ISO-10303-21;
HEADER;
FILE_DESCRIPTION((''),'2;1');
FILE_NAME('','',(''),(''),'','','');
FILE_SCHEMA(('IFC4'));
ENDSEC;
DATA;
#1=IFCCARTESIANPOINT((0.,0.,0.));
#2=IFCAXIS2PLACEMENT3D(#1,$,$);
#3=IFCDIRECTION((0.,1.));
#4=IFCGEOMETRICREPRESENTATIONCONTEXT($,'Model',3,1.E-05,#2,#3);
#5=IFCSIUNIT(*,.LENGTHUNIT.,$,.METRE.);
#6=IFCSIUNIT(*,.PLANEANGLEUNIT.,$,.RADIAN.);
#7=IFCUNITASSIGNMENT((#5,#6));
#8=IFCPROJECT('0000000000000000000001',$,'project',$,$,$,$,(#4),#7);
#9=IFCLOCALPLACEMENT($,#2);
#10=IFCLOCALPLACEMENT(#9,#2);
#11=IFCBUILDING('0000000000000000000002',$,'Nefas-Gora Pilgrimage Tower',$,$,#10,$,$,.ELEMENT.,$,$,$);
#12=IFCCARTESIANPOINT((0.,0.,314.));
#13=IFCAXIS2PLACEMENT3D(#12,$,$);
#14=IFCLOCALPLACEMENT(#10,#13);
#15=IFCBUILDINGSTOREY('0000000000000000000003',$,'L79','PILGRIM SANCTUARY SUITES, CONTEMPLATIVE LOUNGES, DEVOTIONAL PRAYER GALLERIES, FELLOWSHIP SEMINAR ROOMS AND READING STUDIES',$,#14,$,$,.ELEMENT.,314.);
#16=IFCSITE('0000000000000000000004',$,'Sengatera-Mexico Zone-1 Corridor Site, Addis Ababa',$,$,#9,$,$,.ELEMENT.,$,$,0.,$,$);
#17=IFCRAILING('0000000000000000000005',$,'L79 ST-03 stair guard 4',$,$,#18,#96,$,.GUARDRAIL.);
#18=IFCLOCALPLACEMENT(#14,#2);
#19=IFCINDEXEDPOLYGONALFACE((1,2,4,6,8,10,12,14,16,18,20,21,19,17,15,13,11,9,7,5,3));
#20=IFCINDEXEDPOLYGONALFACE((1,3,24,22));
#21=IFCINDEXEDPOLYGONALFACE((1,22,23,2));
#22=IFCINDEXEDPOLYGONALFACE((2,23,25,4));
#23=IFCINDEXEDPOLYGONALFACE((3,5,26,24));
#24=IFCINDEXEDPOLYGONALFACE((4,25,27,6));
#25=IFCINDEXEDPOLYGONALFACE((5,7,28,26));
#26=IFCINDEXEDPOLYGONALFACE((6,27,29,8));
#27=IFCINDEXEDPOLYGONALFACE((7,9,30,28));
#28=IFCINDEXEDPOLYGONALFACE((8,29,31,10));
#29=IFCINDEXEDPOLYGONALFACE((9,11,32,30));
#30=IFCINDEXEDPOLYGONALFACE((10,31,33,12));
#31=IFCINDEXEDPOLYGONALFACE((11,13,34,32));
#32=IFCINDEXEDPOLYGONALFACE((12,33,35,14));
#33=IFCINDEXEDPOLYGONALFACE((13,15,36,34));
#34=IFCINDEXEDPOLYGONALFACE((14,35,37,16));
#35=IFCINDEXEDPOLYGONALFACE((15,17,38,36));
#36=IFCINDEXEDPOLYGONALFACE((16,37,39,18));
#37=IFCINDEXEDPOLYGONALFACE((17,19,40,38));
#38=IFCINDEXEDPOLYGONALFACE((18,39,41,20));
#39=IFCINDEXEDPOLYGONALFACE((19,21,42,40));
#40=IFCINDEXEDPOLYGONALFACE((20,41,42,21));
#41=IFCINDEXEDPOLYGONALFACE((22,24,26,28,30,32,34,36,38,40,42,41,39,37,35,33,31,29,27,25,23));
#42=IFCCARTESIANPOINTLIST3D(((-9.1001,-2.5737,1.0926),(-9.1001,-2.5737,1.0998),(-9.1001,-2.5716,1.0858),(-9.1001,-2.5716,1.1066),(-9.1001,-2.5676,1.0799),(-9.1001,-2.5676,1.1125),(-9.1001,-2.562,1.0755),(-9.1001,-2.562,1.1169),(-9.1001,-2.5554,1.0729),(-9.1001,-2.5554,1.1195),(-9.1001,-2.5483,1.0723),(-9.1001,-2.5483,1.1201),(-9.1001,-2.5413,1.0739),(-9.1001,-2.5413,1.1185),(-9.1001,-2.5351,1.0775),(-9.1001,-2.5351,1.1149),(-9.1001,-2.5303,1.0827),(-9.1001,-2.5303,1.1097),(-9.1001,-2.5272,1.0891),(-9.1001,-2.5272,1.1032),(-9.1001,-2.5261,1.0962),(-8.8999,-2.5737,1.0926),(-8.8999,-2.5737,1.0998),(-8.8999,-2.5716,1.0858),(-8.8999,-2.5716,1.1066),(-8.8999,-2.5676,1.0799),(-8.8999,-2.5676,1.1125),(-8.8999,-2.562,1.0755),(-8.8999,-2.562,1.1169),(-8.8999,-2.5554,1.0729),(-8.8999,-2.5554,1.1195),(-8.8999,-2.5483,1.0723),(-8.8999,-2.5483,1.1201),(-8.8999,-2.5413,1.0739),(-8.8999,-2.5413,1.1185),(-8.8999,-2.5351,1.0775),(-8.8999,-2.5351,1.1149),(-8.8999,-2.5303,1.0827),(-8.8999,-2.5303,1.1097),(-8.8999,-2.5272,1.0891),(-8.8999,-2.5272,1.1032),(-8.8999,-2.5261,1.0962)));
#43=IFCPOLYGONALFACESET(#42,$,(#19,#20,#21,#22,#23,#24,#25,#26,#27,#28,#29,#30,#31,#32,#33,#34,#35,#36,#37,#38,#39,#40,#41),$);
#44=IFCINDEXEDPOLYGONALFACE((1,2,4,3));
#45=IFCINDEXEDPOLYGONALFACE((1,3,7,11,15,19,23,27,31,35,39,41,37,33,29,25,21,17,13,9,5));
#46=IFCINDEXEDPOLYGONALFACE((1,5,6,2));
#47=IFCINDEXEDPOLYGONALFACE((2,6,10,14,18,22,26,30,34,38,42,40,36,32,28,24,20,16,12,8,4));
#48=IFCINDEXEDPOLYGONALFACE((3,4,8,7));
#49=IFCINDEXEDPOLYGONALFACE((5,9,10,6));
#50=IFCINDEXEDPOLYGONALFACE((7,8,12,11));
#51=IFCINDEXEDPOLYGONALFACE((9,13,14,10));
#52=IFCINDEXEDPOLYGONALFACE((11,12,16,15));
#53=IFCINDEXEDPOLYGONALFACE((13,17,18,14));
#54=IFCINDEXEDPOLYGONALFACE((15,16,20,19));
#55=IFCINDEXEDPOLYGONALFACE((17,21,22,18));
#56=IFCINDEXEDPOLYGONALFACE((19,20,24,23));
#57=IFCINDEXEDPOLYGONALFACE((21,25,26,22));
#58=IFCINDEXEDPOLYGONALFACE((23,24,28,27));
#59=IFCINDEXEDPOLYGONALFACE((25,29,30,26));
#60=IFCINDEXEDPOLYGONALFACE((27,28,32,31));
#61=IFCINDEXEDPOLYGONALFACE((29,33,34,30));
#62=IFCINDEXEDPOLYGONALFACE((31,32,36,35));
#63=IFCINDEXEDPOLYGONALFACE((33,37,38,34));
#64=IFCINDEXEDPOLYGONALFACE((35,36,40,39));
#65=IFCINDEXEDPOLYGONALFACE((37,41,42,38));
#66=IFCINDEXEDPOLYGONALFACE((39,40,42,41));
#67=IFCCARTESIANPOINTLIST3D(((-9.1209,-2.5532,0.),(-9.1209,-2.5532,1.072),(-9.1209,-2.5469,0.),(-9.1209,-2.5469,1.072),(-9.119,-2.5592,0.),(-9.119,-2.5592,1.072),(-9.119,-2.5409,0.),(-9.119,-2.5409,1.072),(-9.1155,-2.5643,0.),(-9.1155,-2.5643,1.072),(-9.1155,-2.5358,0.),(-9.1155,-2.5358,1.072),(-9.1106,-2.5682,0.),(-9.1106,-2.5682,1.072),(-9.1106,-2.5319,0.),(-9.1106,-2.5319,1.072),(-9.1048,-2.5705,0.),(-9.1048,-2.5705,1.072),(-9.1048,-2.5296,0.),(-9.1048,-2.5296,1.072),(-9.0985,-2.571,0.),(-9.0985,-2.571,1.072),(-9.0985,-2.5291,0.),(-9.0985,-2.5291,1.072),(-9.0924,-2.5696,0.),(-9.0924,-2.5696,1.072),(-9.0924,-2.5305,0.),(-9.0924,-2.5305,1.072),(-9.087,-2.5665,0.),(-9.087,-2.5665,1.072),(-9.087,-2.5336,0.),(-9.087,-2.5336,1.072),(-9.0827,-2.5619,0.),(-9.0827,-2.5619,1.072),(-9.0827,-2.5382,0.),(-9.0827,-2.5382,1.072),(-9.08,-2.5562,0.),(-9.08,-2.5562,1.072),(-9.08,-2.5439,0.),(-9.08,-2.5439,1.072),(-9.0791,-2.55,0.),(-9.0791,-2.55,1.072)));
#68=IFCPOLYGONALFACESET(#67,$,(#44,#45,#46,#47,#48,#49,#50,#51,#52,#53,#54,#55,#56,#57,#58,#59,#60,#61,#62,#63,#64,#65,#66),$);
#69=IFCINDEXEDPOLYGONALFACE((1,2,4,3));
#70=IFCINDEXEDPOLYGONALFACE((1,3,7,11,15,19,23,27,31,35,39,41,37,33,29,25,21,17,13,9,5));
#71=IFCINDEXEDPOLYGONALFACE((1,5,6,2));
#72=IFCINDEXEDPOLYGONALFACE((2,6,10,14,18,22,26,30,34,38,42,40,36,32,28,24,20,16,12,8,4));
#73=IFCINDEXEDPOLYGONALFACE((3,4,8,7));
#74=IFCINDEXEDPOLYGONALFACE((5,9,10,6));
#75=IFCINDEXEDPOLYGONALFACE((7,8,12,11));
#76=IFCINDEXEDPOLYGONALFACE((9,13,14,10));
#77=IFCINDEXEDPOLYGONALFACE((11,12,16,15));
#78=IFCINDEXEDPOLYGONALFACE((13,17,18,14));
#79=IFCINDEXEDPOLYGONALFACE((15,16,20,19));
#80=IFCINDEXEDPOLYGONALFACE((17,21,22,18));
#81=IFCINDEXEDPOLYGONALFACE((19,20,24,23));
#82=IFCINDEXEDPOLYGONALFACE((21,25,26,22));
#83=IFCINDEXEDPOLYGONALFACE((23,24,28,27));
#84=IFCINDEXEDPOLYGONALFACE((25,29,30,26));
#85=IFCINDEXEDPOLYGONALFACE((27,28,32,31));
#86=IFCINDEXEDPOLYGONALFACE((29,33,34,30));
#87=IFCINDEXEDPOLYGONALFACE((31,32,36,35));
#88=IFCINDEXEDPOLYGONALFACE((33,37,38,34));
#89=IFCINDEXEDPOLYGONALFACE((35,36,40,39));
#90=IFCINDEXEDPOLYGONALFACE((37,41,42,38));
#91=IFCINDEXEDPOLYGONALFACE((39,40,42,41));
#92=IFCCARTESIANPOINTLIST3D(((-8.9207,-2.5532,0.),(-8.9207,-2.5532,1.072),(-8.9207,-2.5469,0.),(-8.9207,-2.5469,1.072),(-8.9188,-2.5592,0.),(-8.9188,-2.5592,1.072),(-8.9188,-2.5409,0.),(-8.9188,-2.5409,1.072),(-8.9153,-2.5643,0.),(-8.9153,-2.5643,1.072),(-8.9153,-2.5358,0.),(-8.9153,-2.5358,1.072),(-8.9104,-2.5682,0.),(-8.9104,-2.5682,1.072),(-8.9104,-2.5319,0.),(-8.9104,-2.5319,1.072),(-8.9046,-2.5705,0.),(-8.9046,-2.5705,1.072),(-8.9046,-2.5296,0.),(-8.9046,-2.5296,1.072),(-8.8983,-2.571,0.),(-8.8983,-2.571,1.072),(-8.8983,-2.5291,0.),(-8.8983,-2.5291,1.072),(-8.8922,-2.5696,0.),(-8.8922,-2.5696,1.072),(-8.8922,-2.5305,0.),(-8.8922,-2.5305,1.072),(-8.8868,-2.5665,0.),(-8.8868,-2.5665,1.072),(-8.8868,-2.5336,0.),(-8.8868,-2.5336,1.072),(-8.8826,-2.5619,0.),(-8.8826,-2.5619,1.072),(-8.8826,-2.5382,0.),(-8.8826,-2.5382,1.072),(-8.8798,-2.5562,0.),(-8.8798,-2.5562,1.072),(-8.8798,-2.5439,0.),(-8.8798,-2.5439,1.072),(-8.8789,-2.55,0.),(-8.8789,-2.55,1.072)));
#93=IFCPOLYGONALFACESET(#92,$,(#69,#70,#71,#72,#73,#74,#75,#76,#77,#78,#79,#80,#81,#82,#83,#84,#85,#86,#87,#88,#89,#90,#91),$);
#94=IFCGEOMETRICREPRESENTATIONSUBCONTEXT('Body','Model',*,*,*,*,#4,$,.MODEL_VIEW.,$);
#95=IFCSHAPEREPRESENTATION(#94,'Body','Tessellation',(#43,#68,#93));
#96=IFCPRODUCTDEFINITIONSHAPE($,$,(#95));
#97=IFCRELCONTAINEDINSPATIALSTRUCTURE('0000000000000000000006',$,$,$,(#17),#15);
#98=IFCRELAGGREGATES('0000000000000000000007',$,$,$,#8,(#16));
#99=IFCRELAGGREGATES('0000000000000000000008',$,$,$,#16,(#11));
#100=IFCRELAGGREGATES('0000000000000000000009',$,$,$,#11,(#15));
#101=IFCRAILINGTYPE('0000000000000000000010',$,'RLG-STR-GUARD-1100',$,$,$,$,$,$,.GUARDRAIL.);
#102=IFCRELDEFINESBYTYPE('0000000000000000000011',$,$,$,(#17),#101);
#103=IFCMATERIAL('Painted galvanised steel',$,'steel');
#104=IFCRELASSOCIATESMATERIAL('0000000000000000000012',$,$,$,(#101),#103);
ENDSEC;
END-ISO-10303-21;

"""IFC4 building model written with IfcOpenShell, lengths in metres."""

from ifc_helpers import new_model, si_unit, direction, frame, origin, origin_2d, place, context, subcontext, project, spatial, circle, extrude, material, type_object, element, save


model = new_model("IFC4")

# Units and contexts
model_context = context("Model", 3, precision=1e-05, world=origin(), true_north=direction((0.0, 1.0)))
body_context = subcontext(model_context, "Body", "Model", "MODEL_VIEW")
ifc_project = project(units=[si_unit("LENGTHUNIT", "METRE"), si_unit("PLANEANGLEUNIT", "RADIAN")], contexts=[model_context])

# Site, building, storey
site_placement = place(None, origin())
site = spatial("IfcSite", under=ifc_project, at=site_placement, Name="Sengatera-Mexico Zone-1 Corridor Site, Addis Ababa", CompositionType="ELEMENT", RefElevation=0.0)
building_placement = place(site_placement, origin())
building = spatial("IfcBuilding", under=site, at=building_placement, Name="Nefas-Gora Pilgrimage Tower", CompositionType="ELEMENT")
storey_placement = place(building_placement, frame((0.0, 0.0, 314.0)))
storey = spatial("IfcBuildingStorey", under=building, at=storey_placement, Name="L79", Description="PILGRIM SANCTUARY SUITES, CONTEMPLATIVE LOUNGES, DEVOTIONAL PRAYER GALLERIES, FELLOWSHIP SEMINAR ROOMS AND READING STUDIES", CompositionType="ELEMENT", Elevation=314.0)

# Railing
ifc_material_1 = material(Name="Painted galvanised steel", Category="steel")
railing_type_1 = type_object("IfcRailingType", Name="RLG-STR-GUARD-1100", PredefinedType="GUARDRAIL", material=ifc_material_1)
railing_1_placement = place(storey_placement, frame((-9.1001, -2.55, 0.0)))
element("IfcRailing", 1, at=railing_1_placement, inside=storey, type_object=railing_type_1, Name="L79 ST-03 stair guard 4", PredefinedType="GUARDRAIL", context=body_context, shape_type="SweptSolid", body=[
    extrude(circle(Radius=0.0239, at=origin_2d()), frame((0.0, 0.0, 1.0962), z_axis=(1.0, 0.0, 0.0), x_axis=(0.0, 1.0, 0.0)), (0.0, 0.0, 1.0), 0.2002),
    extrude(circle(Radius=0.021, at=origin_2d()), origin(), (0.0, 0.0, 1.0), 1.072),
    extrude(circle(Radius=0.021, at=origin_2d()), frame((0.2002, 0.0, 0.0)), (0.0, 0.0, 1.0), 1.072),
])

save(model, "model.ifc")
